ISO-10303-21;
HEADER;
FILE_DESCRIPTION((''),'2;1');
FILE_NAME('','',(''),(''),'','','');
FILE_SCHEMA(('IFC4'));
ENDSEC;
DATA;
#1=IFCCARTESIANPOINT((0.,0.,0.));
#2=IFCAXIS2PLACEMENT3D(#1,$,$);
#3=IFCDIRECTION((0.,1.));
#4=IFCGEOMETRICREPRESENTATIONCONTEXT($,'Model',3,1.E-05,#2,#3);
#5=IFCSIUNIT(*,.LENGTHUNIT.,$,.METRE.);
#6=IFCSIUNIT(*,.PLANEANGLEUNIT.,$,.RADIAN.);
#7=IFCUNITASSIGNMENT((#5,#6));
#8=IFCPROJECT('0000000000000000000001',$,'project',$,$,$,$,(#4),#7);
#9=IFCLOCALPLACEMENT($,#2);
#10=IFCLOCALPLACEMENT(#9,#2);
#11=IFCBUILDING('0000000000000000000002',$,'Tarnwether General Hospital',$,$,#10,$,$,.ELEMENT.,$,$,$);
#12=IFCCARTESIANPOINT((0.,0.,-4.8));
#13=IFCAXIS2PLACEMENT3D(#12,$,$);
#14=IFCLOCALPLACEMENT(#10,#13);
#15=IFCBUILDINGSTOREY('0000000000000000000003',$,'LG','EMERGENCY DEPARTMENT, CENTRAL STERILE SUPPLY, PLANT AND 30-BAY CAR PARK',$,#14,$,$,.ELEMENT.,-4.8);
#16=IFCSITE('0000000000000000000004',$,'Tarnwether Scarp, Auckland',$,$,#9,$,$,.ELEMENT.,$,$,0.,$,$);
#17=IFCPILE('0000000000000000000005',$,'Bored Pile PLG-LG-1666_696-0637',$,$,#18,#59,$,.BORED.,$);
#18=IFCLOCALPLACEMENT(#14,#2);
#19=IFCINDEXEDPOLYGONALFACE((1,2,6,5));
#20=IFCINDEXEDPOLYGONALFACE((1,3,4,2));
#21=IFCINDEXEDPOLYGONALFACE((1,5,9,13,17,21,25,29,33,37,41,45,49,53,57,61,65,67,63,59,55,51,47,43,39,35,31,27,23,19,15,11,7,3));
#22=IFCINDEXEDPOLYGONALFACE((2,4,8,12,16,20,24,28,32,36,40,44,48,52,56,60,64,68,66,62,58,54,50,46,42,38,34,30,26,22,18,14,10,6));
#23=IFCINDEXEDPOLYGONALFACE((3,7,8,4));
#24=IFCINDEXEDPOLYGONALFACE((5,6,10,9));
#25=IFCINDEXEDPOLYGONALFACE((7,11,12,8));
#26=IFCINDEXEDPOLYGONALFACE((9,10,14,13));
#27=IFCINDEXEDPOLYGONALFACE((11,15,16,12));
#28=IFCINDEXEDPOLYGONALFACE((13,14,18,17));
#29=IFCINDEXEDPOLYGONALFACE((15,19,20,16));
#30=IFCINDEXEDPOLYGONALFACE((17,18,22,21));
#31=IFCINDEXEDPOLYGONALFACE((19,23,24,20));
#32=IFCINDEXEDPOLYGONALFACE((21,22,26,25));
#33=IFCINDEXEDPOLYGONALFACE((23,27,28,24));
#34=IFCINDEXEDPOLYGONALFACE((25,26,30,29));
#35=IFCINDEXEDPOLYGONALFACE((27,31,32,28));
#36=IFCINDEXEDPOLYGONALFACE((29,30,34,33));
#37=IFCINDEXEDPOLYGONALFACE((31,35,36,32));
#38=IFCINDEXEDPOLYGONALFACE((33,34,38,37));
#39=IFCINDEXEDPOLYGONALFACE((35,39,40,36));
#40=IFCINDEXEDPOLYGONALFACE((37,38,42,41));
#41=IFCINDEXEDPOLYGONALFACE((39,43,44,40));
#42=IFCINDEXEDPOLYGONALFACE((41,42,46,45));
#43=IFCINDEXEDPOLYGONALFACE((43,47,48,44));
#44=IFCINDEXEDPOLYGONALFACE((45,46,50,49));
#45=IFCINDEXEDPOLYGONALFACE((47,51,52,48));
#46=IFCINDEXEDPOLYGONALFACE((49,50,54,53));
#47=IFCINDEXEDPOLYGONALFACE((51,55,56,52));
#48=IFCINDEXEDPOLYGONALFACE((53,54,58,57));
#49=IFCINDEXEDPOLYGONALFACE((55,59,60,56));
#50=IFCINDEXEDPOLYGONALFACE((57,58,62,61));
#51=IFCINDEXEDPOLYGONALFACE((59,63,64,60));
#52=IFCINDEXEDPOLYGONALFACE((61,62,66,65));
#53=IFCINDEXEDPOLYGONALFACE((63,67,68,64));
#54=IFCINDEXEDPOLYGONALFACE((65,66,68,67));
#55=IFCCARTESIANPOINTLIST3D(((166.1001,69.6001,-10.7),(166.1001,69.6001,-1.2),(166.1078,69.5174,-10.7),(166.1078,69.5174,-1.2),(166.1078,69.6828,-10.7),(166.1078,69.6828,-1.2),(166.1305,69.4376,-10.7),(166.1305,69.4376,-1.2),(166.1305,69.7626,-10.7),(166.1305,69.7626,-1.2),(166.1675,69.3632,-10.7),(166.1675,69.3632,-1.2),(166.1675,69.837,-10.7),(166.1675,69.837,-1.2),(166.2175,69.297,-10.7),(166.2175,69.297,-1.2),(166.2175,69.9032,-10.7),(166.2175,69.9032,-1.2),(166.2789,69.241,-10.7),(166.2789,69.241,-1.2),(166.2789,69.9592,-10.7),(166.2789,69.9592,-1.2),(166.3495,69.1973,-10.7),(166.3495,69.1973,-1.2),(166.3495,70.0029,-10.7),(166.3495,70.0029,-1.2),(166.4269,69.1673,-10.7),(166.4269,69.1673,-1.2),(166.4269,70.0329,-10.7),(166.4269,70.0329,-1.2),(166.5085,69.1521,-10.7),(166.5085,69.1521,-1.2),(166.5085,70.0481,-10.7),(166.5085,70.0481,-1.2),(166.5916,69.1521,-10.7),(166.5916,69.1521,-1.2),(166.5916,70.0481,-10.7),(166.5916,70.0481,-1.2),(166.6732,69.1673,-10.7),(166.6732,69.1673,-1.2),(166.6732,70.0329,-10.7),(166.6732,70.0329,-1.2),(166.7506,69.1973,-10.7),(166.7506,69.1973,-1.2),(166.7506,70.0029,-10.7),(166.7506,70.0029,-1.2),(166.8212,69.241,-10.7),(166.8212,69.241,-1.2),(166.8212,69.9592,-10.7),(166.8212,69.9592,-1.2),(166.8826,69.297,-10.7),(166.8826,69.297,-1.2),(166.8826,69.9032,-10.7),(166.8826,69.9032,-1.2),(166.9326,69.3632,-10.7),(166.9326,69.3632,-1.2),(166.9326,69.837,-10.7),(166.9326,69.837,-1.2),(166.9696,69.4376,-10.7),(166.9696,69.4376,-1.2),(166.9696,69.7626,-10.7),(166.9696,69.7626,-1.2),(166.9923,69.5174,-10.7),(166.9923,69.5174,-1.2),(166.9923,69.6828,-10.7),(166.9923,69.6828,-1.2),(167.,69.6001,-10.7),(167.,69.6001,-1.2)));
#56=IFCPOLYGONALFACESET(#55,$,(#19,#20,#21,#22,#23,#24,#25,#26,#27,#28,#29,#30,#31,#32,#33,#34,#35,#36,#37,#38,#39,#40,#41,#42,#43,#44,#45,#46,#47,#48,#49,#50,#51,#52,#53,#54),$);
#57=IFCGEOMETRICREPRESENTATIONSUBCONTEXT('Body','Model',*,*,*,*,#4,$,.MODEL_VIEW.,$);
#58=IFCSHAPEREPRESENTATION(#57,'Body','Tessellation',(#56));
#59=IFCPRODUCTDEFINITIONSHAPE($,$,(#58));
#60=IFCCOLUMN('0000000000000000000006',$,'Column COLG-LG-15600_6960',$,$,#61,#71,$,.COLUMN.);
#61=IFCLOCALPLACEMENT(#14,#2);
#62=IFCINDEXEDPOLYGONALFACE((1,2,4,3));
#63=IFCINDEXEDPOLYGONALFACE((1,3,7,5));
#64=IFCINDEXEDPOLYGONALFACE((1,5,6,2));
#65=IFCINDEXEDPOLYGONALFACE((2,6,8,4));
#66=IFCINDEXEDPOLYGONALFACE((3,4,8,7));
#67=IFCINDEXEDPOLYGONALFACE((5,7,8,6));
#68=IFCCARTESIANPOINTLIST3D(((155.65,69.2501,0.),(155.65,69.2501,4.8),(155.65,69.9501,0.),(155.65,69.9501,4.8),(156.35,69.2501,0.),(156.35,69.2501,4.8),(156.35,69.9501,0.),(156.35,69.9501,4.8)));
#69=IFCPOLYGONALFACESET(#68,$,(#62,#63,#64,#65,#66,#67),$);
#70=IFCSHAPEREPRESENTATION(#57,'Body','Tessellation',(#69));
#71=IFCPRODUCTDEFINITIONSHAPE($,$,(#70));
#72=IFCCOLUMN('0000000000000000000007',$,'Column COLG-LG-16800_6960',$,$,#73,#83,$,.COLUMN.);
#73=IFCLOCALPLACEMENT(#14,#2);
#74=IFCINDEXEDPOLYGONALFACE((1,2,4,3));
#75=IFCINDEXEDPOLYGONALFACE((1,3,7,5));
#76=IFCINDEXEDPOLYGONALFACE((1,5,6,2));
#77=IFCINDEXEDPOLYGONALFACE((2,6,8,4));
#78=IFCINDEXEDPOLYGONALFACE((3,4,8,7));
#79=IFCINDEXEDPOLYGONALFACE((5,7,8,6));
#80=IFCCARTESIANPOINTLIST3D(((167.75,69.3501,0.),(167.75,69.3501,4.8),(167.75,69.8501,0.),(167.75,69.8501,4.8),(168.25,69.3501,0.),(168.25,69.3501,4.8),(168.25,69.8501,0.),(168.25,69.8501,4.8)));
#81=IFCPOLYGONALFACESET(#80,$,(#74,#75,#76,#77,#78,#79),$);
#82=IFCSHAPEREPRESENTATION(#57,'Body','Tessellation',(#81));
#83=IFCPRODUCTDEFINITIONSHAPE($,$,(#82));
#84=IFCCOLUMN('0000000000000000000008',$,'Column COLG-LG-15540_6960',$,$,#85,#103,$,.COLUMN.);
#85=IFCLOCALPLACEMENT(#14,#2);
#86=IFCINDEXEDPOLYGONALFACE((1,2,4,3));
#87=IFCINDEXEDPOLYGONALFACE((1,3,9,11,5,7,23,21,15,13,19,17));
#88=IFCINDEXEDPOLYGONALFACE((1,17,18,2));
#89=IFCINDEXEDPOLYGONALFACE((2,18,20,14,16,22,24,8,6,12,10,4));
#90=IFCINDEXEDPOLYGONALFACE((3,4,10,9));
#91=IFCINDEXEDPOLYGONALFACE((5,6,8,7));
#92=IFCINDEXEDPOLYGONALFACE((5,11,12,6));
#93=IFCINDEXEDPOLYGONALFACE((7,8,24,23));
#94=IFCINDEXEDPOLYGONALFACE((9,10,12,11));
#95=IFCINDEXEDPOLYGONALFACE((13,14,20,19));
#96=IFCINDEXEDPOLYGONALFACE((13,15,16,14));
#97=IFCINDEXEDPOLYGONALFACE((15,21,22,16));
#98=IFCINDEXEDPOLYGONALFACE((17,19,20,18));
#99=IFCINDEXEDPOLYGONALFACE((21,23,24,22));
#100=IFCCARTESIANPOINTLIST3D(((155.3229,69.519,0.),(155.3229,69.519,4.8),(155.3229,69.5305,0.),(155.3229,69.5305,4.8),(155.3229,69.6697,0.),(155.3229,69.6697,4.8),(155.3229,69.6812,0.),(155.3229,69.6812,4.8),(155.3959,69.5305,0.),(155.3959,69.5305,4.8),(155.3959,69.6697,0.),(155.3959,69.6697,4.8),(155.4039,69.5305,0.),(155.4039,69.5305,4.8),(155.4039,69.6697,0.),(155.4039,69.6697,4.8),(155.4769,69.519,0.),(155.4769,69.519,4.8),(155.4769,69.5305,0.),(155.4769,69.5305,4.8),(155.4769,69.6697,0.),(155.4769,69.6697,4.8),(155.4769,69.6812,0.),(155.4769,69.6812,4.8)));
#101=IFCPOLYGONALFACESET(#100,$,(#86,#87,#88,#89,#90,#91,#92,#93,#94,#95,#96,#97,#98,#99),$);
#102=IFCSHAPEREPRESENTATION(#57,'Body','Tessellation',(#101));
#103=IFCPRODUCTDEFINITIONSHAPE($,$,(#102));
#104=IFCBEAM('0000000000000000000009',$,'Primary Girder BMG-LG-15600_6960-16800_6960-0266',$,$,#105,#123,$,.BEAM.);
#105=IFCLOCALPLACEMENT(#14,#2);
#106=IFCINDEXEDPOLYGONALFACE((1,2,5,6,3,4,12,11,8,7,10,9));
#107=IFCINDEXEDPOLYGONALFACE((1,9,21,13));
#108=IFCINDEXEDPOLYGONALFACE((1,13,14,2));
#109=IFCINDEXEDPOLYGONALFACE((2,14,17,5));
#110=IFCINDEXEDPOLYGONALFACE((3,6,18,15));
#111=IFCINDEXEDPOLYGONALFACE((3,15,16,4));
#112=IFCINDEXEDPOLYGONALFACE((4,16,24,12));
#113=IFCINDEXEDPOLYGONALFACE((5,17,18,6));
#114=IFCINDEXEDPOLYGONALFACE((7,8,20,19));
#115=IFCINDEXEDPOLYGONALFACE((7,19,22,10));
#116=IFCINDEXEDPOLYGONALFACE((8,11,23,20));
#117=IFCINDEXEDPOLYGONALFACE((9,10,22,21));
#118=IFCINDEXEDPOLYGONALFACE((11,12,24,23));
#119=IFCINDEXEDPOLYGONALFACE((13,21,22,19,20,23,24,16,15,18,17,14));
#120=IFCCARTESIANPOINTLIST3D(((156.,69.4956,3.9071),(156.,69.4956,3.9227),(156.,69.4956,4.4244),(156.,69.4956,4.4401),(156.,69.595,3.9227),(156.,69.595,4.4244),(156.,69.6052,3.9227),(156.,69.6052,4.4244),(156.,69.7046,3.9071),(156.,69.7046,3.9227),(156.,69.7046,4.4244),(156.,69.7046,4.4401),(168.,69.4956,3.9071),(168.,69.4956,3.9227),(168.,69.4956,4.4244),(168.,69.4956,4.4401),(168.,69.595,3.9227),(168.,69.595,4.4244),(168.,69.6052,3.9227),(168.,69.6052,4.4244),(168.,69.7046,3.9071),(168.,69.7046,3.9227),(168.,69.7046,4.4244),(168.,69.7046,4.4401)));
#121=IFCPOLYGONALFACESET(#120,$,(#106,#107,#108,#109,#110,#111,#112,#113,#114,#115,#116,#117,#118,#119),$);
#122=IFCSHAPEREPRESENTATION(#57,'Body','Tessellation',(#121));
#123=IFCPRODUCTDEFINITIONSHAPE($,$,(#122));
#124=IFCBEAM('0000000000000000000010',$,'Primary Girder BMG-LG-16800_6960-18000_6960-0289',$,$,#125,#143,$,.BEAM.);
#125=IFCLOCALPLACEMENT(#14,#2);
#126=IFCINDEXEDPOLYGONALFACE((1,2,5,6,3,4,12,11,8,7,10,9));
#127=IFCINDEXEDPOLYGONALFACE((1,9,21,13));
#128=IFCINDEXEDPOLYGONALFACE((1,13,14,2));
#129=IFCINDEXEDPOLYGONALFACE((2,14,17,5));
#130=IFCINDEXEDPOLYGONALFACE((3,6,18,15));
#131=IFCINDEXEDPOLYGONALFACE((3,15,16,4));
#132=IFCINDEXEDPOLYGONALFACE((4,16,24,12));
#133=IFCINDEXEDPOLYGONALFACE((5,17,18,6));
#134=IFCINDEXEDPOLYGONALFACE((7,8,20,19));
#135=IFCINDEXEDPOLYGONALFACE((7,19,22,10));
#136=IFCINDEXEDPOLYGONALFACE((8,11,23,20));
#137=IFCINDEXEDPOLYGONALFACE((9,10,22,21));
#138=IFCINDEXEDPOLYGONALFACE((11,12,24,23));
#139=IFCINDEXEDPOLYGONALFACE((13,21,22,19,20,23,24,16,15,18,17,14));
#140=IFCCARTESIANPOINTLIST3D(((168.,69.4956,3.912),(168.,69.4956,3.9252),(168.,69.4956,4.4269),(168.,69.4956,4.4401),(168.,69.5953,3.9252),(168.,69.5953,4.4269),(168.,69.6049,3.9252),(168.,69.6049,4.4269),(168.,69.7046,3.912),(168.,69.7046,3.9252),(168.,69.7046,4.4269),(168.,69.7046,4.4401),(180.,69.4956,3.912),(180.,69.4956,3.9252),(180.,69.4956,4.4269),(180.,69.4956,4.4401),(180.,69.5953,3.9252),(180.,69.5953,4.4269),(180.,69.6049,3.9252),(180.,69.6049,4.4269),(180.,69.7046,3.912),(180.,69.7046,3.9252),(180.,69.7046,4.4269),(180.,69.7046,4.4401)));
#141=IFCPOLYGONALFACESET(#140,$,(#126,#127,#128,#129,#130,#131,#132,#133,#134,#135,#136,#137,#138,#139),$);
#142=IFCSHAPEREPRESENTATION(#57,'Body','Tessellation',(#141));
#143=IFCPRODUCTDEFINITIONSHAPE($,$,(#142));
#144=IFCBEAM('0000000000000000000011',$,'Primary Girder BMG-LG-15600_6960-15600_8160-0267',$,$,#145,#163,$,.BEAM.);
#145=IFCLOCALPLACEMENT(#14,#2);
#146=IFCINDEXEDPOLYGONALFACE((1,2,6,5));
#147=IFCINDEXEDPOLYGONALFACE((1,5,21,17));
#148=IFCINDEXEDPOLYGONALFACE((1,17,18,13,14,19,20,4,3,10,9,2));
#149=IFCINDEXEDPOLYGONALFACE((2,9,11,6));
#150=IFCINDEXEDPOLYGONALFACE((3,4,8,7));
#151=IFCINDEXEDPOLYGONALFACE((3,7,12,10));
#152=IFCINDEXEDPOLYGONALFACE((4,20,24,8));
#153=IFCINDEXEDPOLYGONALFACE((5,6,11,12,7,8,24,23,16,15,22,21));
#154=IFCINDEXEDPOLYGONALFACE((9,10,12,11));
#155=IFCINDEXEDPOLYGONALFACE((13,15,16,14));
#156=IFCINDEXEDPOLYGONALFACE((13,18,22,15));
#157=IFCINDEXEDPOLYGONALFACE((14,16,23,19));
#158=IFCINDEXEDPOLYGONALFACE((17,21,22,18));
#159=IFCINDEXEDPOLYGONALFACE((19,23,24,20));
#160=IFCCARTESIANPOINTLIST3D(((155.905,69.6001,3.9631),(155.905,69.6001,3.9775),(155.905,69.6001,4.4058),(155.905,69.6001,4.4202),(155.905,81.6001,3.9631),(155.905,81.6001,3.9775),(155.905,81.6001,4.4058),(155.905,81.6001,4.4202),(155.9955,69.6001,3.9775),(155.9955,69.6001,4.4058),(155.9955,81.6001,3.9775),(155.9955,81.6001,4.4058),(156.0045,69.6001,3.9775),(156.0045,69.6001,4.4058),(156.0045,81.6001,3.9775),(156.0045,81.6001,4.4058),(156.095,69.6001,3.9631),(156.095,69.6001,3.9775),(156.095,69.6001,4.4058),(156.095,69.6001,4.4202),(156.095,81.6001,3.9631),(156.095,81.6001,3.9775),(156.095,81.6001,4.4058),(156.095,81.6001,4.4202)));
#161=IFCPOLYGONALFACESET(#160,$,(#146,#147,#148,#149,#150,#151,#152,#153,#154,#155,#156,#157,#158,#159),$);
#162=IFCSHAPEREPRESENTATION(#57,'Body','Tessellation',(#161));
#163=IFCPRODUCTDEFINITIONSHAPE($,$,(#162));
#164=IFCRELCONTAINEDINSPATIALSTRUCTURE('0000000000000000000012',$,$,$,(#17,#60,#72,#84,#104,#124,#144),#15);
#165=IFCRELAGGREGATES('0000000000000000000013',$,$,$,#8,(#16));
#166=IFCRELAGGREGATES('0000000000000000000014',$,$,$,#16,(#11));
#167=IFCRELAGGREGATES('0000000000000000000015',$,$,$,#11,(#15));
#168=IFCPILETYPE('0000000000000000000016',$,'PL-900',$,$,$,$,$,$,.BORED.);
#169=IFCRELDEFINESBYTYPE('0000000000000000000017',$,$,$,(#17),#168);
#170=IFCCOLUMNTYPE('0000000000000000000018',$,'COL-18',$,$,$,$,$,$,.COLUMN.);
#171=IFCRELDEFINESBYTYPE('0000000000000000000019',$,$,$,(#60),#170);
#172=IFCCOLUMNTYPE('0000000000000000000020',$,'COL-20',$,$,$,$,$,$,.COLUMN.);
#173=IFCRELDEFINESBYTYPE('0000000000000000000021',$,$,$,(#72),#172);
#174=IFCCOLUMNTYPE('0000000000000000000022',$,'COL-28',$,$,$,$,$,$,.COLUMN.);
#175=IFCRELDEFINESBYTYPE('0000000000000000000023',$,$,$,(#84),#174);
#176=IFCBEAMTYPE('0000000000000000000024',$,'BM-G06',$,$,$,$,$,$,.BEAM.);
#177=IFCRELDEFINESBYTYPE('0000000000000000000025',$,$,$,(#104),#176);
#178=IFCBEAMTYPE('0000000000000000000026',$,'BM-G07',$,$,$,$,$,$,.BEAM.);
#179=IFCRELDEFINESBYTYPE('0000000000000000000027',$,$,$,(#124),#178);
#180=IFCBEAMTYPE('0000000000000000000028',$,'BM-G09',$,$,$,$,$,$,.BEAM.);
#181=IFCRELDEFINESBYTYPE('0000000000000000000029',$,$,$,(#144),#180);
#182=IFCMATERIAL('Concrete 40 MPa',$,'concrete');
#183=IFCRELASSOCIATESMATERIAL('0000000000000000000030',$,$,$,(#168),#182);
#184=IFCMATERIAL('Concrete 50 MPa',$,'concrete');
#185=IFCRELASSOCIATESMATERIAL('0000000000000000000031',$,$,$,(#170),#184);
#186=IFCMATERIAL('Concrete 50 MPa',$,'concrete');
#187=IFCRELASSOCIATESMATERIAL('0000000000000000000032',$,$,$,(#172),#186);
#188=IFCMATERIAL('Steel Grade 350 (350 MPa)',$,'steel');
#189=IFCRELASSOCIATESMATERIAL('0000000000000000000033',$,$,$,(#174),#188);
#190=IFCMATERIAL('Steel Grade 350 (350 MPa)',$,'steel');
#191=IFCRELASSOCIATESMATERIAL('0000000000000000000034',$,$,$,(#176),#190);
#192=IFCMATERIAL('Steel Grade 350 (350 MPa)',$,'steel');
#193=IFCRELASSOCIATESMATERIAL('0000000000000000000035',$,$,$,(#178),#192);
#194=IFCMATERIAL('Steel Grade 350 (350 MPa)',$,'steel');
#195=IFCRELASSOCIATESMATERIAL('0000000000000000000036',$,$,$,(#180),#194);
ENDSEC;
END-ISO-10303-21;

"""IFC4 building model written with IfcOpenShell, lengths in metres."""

from ifc_helpers import new_model, si_unit, direction, frame, origin, origin_2d, place, context, subcontext, project, spatial, rectangle, circle, i_section, extrude, material, material_profile, profile_set, type_object, element, save


model = new_model("IFC4")

# Units and contexts
model_context = context("Model", 3, precision=1e-05, world=origin(), true_north=direction((0.0, 1.0)))
body_context = subcontext(model_context, "Body", "Model", "MODEL_VIEW")
ifc_project = project(units=[si_unit("LENGTHUNIT", "METRE"), si_unit("PLANEANGLEUNIT", "RADIAN")], contexts=[model_context])

# Site, building, storey
site_placement = place(None, origin())
site = spatial("IfcSite", under=ifc_project, at=site_placement, Name="Tarnwether Scarp, Auckland", CompositionType="ELEMENT", RefElevation=0.0)
building_placement = place(site_placement, origin())
building = spatial("IfcBuilding", under=site, at=building_placement, Name="Tarnwether General Hospital", CompositionType="ELEMENT")
storey_placement = place(building_placement, frame((0.0, 0.0, -4.8)))
storey = spatial("IfcBuildingStorey", under=building, at=storey_placement, Name="LG", Description="EMERGENCY DEPARTMENT, CENTRAL STERILE SUPPLY, PLANT AND 30-BAY CAR PARK", CompositionType="ELEMENT", Elevation=-4.8)

# Pile
ifc_material_1 = material(Name="Concrete 40 MPa", Category="concrete")
ifc_material_profile_1 = material_profile(ifc_material_1, circle(Radius=0.45, at=origin_2d()), Name="PILE-D900")
ifc_profile_set_1 = profile_set([ifc_material_profile_1], Name="Concrete 40 MPa")
pile_type_1 = type_object("IfcPileType", Name="PL-900", PredefinedType="BORED", material=ifc_profile_set_1)
pile_1_placement = place(storey_placement, frame((166.55, 69.6001, -1.2), z_axis=(0.0, 0.0, -1.0), x_axis=(1.0, 0.0, 0.0)))
element("IfcPile", 1, at=pile_1_placement, inside=storey, type_object=pile_type_1, Name="Bored Pile PLG-LG-1666_696-0637", PredefinedType="BORED", context=body_context, shape_type="SweptSolid", body=[
    extrude(circle(Radius=0.45, at=origin_2d()), origin(), (0.0, 0.0, 1.0), 9.5),
])

# Columns
ifc_material_2 = material(Name="Concrete 50 MPa", Category="concrete")
ifc_material_profile_2 = material_profile(ifc_material_2, rectangle(XDim=0.7, YDim=0.7, at=origin_2d()), Name="RC-COL-700x700")
ifc_profile_set_2 = profile_set([ifc_material_profile_2], Name="Concrete 50 MPa")
column_type_1 = type_object("IfcColumnType", Name="COL-18", PredefinedType="COLUMN", material=ifc_profile_set_2)
column_1_placement = place(storey_placement, frame((156.0, 69.6001, 0.0), z_axis=(0.0, 0.0, 1.0), x_axis=(1.0, 0.0, 0.0)))
element("IfcColumn", 2, at=column_1_placement, inside=storey, type_object=column_type_1, Name="Column COLG-LG-15600_6960", PredefinedType="COLUMN", context=body_context, shape_type="SweptSolid", body=[
    extrude(rectangle(XDim=0.7, YDim=0.7, at=origin_2d()), origin(), (0.0, 0.0, 1.0), 4.8),
])
ifc_material_3 = material(Name="Concrete 50 MPa", Category="concrete")
ifc_material_profile_3 = material_profile(ifc_material_3, rectangle(XDim=0.5, YDim=0.5, at=origin_2d()), Name="RC-COL-500x500")
ifc_profile_set_3 = profile_set([ifc_material_profile_3], Name="Concrete 50 MPa")
column_type_2 = type_object("IfcColumnType", Name="COL-20", PredefinedType="COLUMN", material=ifc_profile_set_3)
column_2_placement = place(storey_placement, frame((168.0, 69.6001, 0.0), z_axis=(0.0, 0.0, 1.0), x_axis=(1.0, 0.0, 0.0)))
element("IfcColumn", 3, at=column_2_placement, inside=storey, type_object=column_type_2, Name="Column COLG-LG-16800_6960", PredefinedType="COLUMN", context=body_context, shape_type="SweptSolid", body=[
    extrude(rectangle(XDim=0.5, YDim=0.5, at=origin_2d()), origin(), (0.0, 0.0, 1.0), 4.8),
])
ifc_material_4 = material(Name="Steel Grade 350 (350 MPa)", Category="steel")
ifc_material_profile_4 = material_profile(ifc_material_4, i_section(OverallWidth=0.1541, OverallDepth=0.1621, WebThickness=0.0081, FlangeThickness=0.0115, at=origin_2d()), Name="150UC37.2")
ifc_profile_set_4 = profile_set([ifc_material_profile_4], Name="Steel Grade 350 (350 MPa)")
column_type_3 = type_object("IfcColumnType", Name="COL-28", PredefinedType="COLUMN", material=ifc_profile_set_4)
column_3_placement = place(storey_placement, frame((155.3999, 69.6001, 0.0), z_axis=(0.0, 0.0, 1.0), x_axis=(1.0, 0.0, 0.0)))
element("IfcColumn", 4, at=column_3_placement, inside=storey, type_object=column_type_3, Name="Column COLG-LG-15540_6960", PredefinedType="COLUMN", context=body_context, shape_type="SweptSolid", body=[
    extrude(i_section(OverallWidth=0.1541, OverallDepth=0.1621, WebThickness=0.0081, FlangeThickness=0.0115, at=origin_2d()), origin(), (0.0, 0.0, 1.0), 4.8),
])

# Beams
ifc_material_5 = material(Name="Steel Grade 350 (350 MPa)", Category="steel")
ifc_material_profile_5 = material_profile(ifc_material_5, i_section(OverallWidth=0.209, OverallDepth=0.533, WebThickness=0.0103, FlangeThickness=0.0156, at=origin_2d()), Name="530UB92.4")
ifc_profile_set_5 = profile_set([ifc_material_profile_5], Name="Steel Grade 350 (350 MPa)")
beam_type_1 = type_object("IfcBeamType", Name="BM-G06", PredefinedType="BEAM", material=ifc_profile_set_5)
beam_1_placement = place(storey_placement, frame((156.0, 69.6001, 4.1736), z_axis=(1.0, 0.0, 0.0), x_axis=(0.0, 1.0, 0.0)))
element("IfcBeam", 5, at=beam_1_placement, inside=storey, type_object=beam_type_1, Name="Primary Girder BMG-LG-15600_6960-16800_6960-0266", PredefinedType="BEAM", context=body_context, shape_type="SweptSolid", body=[
    extrude(i_section(OverallWidth=0.209, OverallDepth=0.533, WebThickness=0.0103, FlangeThickness=0.0156, at=origin_2d()), origin(), (0.0, 0.0, 1.0), 12.0),
])
ifc_material_6 = material(Name="Steel Grade 350 (350 MPa)", Category="steel")
ifc_material_profile_6 = material_profile(ifc_material_6, i_section(OverallWidth=0.209, OverallDepth=0.5281, WebThickness=0.0095, FlangeThickness=0.0132, at=origin_2d()), Name="530UB82.0")
ifc_profile_set_6 = profile_set([ifc_material_profile_6], Name="Steel Grade 350 (350 MPa)")
beam_type_2 = type_object("IfcBeamType", Name="BM-G07", PredefinedType="BEAM", material=ifc_profile_set_6)
beam_2_placement = place(storey_placement, frame((168.0, 69.6001, 4.176), z_axis=(1.0, 0.0, 0.0), x_axis=(0.0, 1.0, 0.0)))
element("IfcBeam", 6, at=beam_2_placement, inside=storey, type_object=beam_type_2, Name="Primary Girder BMG-LG-16800_6960-18000_6960-0289", PredefinedType="BEAM", context=body_context, shape_type="SweptSolid", body=[
    extrude(i_section(OverallWidth=0.209, OverallDepth=0.5281, WebThickness=0.0095, FlangeThickness=0.0132, at=origin_2d()), origin(), (0.0, 0.0, 1.0), 12.0),
])
ifc_material_7 = material(Name="Steel Grade 350 (350 MPa)", Category="steel")
ifc_material_profile_7 = material_profile(ifc_material_7, i_section(OverallWidth=0.1899, OverallDepth=0.457, WebThickness=0.009, FlangeThickness=0.0144, at=origin_2d()), Name="460UB74.6")
ifc_profile_set_7 = profile_set([ifc_material_profile_7], Name="Steel Grade 350 (350 MPa)")
beam_type_3 = type_object("IfcBeamType", Name="BM-G09", PredefinedType="BEAM", material=ifc_profile_set_7)
beam_3_placement = place(storey_placement, frame((156.0, 69.6001, 4.1917), z_axis=(0.0, 1.0, 0.0), x_axis=(-1.0, 0.0, 0.0)))
element("IfcBeam", 7, at=beam_3_placement, inside=storey, type_object=beam_type_3, Name="Primary Girder BMG-LG-15600_6960-15600_8160-0267", PredefinedType="BEAM", context=body_context, shape_type="SweptSolid", body=[
    extrude(i_section(OverallWidth=0.1899, OverallDepth=0.457, WebThickness=0.009, FlangeThickness=0.0144, at=origin_2d()), origin(), (0.0, 0.0, 1.0), 12.0),
])

save(model, "model.ifc")
